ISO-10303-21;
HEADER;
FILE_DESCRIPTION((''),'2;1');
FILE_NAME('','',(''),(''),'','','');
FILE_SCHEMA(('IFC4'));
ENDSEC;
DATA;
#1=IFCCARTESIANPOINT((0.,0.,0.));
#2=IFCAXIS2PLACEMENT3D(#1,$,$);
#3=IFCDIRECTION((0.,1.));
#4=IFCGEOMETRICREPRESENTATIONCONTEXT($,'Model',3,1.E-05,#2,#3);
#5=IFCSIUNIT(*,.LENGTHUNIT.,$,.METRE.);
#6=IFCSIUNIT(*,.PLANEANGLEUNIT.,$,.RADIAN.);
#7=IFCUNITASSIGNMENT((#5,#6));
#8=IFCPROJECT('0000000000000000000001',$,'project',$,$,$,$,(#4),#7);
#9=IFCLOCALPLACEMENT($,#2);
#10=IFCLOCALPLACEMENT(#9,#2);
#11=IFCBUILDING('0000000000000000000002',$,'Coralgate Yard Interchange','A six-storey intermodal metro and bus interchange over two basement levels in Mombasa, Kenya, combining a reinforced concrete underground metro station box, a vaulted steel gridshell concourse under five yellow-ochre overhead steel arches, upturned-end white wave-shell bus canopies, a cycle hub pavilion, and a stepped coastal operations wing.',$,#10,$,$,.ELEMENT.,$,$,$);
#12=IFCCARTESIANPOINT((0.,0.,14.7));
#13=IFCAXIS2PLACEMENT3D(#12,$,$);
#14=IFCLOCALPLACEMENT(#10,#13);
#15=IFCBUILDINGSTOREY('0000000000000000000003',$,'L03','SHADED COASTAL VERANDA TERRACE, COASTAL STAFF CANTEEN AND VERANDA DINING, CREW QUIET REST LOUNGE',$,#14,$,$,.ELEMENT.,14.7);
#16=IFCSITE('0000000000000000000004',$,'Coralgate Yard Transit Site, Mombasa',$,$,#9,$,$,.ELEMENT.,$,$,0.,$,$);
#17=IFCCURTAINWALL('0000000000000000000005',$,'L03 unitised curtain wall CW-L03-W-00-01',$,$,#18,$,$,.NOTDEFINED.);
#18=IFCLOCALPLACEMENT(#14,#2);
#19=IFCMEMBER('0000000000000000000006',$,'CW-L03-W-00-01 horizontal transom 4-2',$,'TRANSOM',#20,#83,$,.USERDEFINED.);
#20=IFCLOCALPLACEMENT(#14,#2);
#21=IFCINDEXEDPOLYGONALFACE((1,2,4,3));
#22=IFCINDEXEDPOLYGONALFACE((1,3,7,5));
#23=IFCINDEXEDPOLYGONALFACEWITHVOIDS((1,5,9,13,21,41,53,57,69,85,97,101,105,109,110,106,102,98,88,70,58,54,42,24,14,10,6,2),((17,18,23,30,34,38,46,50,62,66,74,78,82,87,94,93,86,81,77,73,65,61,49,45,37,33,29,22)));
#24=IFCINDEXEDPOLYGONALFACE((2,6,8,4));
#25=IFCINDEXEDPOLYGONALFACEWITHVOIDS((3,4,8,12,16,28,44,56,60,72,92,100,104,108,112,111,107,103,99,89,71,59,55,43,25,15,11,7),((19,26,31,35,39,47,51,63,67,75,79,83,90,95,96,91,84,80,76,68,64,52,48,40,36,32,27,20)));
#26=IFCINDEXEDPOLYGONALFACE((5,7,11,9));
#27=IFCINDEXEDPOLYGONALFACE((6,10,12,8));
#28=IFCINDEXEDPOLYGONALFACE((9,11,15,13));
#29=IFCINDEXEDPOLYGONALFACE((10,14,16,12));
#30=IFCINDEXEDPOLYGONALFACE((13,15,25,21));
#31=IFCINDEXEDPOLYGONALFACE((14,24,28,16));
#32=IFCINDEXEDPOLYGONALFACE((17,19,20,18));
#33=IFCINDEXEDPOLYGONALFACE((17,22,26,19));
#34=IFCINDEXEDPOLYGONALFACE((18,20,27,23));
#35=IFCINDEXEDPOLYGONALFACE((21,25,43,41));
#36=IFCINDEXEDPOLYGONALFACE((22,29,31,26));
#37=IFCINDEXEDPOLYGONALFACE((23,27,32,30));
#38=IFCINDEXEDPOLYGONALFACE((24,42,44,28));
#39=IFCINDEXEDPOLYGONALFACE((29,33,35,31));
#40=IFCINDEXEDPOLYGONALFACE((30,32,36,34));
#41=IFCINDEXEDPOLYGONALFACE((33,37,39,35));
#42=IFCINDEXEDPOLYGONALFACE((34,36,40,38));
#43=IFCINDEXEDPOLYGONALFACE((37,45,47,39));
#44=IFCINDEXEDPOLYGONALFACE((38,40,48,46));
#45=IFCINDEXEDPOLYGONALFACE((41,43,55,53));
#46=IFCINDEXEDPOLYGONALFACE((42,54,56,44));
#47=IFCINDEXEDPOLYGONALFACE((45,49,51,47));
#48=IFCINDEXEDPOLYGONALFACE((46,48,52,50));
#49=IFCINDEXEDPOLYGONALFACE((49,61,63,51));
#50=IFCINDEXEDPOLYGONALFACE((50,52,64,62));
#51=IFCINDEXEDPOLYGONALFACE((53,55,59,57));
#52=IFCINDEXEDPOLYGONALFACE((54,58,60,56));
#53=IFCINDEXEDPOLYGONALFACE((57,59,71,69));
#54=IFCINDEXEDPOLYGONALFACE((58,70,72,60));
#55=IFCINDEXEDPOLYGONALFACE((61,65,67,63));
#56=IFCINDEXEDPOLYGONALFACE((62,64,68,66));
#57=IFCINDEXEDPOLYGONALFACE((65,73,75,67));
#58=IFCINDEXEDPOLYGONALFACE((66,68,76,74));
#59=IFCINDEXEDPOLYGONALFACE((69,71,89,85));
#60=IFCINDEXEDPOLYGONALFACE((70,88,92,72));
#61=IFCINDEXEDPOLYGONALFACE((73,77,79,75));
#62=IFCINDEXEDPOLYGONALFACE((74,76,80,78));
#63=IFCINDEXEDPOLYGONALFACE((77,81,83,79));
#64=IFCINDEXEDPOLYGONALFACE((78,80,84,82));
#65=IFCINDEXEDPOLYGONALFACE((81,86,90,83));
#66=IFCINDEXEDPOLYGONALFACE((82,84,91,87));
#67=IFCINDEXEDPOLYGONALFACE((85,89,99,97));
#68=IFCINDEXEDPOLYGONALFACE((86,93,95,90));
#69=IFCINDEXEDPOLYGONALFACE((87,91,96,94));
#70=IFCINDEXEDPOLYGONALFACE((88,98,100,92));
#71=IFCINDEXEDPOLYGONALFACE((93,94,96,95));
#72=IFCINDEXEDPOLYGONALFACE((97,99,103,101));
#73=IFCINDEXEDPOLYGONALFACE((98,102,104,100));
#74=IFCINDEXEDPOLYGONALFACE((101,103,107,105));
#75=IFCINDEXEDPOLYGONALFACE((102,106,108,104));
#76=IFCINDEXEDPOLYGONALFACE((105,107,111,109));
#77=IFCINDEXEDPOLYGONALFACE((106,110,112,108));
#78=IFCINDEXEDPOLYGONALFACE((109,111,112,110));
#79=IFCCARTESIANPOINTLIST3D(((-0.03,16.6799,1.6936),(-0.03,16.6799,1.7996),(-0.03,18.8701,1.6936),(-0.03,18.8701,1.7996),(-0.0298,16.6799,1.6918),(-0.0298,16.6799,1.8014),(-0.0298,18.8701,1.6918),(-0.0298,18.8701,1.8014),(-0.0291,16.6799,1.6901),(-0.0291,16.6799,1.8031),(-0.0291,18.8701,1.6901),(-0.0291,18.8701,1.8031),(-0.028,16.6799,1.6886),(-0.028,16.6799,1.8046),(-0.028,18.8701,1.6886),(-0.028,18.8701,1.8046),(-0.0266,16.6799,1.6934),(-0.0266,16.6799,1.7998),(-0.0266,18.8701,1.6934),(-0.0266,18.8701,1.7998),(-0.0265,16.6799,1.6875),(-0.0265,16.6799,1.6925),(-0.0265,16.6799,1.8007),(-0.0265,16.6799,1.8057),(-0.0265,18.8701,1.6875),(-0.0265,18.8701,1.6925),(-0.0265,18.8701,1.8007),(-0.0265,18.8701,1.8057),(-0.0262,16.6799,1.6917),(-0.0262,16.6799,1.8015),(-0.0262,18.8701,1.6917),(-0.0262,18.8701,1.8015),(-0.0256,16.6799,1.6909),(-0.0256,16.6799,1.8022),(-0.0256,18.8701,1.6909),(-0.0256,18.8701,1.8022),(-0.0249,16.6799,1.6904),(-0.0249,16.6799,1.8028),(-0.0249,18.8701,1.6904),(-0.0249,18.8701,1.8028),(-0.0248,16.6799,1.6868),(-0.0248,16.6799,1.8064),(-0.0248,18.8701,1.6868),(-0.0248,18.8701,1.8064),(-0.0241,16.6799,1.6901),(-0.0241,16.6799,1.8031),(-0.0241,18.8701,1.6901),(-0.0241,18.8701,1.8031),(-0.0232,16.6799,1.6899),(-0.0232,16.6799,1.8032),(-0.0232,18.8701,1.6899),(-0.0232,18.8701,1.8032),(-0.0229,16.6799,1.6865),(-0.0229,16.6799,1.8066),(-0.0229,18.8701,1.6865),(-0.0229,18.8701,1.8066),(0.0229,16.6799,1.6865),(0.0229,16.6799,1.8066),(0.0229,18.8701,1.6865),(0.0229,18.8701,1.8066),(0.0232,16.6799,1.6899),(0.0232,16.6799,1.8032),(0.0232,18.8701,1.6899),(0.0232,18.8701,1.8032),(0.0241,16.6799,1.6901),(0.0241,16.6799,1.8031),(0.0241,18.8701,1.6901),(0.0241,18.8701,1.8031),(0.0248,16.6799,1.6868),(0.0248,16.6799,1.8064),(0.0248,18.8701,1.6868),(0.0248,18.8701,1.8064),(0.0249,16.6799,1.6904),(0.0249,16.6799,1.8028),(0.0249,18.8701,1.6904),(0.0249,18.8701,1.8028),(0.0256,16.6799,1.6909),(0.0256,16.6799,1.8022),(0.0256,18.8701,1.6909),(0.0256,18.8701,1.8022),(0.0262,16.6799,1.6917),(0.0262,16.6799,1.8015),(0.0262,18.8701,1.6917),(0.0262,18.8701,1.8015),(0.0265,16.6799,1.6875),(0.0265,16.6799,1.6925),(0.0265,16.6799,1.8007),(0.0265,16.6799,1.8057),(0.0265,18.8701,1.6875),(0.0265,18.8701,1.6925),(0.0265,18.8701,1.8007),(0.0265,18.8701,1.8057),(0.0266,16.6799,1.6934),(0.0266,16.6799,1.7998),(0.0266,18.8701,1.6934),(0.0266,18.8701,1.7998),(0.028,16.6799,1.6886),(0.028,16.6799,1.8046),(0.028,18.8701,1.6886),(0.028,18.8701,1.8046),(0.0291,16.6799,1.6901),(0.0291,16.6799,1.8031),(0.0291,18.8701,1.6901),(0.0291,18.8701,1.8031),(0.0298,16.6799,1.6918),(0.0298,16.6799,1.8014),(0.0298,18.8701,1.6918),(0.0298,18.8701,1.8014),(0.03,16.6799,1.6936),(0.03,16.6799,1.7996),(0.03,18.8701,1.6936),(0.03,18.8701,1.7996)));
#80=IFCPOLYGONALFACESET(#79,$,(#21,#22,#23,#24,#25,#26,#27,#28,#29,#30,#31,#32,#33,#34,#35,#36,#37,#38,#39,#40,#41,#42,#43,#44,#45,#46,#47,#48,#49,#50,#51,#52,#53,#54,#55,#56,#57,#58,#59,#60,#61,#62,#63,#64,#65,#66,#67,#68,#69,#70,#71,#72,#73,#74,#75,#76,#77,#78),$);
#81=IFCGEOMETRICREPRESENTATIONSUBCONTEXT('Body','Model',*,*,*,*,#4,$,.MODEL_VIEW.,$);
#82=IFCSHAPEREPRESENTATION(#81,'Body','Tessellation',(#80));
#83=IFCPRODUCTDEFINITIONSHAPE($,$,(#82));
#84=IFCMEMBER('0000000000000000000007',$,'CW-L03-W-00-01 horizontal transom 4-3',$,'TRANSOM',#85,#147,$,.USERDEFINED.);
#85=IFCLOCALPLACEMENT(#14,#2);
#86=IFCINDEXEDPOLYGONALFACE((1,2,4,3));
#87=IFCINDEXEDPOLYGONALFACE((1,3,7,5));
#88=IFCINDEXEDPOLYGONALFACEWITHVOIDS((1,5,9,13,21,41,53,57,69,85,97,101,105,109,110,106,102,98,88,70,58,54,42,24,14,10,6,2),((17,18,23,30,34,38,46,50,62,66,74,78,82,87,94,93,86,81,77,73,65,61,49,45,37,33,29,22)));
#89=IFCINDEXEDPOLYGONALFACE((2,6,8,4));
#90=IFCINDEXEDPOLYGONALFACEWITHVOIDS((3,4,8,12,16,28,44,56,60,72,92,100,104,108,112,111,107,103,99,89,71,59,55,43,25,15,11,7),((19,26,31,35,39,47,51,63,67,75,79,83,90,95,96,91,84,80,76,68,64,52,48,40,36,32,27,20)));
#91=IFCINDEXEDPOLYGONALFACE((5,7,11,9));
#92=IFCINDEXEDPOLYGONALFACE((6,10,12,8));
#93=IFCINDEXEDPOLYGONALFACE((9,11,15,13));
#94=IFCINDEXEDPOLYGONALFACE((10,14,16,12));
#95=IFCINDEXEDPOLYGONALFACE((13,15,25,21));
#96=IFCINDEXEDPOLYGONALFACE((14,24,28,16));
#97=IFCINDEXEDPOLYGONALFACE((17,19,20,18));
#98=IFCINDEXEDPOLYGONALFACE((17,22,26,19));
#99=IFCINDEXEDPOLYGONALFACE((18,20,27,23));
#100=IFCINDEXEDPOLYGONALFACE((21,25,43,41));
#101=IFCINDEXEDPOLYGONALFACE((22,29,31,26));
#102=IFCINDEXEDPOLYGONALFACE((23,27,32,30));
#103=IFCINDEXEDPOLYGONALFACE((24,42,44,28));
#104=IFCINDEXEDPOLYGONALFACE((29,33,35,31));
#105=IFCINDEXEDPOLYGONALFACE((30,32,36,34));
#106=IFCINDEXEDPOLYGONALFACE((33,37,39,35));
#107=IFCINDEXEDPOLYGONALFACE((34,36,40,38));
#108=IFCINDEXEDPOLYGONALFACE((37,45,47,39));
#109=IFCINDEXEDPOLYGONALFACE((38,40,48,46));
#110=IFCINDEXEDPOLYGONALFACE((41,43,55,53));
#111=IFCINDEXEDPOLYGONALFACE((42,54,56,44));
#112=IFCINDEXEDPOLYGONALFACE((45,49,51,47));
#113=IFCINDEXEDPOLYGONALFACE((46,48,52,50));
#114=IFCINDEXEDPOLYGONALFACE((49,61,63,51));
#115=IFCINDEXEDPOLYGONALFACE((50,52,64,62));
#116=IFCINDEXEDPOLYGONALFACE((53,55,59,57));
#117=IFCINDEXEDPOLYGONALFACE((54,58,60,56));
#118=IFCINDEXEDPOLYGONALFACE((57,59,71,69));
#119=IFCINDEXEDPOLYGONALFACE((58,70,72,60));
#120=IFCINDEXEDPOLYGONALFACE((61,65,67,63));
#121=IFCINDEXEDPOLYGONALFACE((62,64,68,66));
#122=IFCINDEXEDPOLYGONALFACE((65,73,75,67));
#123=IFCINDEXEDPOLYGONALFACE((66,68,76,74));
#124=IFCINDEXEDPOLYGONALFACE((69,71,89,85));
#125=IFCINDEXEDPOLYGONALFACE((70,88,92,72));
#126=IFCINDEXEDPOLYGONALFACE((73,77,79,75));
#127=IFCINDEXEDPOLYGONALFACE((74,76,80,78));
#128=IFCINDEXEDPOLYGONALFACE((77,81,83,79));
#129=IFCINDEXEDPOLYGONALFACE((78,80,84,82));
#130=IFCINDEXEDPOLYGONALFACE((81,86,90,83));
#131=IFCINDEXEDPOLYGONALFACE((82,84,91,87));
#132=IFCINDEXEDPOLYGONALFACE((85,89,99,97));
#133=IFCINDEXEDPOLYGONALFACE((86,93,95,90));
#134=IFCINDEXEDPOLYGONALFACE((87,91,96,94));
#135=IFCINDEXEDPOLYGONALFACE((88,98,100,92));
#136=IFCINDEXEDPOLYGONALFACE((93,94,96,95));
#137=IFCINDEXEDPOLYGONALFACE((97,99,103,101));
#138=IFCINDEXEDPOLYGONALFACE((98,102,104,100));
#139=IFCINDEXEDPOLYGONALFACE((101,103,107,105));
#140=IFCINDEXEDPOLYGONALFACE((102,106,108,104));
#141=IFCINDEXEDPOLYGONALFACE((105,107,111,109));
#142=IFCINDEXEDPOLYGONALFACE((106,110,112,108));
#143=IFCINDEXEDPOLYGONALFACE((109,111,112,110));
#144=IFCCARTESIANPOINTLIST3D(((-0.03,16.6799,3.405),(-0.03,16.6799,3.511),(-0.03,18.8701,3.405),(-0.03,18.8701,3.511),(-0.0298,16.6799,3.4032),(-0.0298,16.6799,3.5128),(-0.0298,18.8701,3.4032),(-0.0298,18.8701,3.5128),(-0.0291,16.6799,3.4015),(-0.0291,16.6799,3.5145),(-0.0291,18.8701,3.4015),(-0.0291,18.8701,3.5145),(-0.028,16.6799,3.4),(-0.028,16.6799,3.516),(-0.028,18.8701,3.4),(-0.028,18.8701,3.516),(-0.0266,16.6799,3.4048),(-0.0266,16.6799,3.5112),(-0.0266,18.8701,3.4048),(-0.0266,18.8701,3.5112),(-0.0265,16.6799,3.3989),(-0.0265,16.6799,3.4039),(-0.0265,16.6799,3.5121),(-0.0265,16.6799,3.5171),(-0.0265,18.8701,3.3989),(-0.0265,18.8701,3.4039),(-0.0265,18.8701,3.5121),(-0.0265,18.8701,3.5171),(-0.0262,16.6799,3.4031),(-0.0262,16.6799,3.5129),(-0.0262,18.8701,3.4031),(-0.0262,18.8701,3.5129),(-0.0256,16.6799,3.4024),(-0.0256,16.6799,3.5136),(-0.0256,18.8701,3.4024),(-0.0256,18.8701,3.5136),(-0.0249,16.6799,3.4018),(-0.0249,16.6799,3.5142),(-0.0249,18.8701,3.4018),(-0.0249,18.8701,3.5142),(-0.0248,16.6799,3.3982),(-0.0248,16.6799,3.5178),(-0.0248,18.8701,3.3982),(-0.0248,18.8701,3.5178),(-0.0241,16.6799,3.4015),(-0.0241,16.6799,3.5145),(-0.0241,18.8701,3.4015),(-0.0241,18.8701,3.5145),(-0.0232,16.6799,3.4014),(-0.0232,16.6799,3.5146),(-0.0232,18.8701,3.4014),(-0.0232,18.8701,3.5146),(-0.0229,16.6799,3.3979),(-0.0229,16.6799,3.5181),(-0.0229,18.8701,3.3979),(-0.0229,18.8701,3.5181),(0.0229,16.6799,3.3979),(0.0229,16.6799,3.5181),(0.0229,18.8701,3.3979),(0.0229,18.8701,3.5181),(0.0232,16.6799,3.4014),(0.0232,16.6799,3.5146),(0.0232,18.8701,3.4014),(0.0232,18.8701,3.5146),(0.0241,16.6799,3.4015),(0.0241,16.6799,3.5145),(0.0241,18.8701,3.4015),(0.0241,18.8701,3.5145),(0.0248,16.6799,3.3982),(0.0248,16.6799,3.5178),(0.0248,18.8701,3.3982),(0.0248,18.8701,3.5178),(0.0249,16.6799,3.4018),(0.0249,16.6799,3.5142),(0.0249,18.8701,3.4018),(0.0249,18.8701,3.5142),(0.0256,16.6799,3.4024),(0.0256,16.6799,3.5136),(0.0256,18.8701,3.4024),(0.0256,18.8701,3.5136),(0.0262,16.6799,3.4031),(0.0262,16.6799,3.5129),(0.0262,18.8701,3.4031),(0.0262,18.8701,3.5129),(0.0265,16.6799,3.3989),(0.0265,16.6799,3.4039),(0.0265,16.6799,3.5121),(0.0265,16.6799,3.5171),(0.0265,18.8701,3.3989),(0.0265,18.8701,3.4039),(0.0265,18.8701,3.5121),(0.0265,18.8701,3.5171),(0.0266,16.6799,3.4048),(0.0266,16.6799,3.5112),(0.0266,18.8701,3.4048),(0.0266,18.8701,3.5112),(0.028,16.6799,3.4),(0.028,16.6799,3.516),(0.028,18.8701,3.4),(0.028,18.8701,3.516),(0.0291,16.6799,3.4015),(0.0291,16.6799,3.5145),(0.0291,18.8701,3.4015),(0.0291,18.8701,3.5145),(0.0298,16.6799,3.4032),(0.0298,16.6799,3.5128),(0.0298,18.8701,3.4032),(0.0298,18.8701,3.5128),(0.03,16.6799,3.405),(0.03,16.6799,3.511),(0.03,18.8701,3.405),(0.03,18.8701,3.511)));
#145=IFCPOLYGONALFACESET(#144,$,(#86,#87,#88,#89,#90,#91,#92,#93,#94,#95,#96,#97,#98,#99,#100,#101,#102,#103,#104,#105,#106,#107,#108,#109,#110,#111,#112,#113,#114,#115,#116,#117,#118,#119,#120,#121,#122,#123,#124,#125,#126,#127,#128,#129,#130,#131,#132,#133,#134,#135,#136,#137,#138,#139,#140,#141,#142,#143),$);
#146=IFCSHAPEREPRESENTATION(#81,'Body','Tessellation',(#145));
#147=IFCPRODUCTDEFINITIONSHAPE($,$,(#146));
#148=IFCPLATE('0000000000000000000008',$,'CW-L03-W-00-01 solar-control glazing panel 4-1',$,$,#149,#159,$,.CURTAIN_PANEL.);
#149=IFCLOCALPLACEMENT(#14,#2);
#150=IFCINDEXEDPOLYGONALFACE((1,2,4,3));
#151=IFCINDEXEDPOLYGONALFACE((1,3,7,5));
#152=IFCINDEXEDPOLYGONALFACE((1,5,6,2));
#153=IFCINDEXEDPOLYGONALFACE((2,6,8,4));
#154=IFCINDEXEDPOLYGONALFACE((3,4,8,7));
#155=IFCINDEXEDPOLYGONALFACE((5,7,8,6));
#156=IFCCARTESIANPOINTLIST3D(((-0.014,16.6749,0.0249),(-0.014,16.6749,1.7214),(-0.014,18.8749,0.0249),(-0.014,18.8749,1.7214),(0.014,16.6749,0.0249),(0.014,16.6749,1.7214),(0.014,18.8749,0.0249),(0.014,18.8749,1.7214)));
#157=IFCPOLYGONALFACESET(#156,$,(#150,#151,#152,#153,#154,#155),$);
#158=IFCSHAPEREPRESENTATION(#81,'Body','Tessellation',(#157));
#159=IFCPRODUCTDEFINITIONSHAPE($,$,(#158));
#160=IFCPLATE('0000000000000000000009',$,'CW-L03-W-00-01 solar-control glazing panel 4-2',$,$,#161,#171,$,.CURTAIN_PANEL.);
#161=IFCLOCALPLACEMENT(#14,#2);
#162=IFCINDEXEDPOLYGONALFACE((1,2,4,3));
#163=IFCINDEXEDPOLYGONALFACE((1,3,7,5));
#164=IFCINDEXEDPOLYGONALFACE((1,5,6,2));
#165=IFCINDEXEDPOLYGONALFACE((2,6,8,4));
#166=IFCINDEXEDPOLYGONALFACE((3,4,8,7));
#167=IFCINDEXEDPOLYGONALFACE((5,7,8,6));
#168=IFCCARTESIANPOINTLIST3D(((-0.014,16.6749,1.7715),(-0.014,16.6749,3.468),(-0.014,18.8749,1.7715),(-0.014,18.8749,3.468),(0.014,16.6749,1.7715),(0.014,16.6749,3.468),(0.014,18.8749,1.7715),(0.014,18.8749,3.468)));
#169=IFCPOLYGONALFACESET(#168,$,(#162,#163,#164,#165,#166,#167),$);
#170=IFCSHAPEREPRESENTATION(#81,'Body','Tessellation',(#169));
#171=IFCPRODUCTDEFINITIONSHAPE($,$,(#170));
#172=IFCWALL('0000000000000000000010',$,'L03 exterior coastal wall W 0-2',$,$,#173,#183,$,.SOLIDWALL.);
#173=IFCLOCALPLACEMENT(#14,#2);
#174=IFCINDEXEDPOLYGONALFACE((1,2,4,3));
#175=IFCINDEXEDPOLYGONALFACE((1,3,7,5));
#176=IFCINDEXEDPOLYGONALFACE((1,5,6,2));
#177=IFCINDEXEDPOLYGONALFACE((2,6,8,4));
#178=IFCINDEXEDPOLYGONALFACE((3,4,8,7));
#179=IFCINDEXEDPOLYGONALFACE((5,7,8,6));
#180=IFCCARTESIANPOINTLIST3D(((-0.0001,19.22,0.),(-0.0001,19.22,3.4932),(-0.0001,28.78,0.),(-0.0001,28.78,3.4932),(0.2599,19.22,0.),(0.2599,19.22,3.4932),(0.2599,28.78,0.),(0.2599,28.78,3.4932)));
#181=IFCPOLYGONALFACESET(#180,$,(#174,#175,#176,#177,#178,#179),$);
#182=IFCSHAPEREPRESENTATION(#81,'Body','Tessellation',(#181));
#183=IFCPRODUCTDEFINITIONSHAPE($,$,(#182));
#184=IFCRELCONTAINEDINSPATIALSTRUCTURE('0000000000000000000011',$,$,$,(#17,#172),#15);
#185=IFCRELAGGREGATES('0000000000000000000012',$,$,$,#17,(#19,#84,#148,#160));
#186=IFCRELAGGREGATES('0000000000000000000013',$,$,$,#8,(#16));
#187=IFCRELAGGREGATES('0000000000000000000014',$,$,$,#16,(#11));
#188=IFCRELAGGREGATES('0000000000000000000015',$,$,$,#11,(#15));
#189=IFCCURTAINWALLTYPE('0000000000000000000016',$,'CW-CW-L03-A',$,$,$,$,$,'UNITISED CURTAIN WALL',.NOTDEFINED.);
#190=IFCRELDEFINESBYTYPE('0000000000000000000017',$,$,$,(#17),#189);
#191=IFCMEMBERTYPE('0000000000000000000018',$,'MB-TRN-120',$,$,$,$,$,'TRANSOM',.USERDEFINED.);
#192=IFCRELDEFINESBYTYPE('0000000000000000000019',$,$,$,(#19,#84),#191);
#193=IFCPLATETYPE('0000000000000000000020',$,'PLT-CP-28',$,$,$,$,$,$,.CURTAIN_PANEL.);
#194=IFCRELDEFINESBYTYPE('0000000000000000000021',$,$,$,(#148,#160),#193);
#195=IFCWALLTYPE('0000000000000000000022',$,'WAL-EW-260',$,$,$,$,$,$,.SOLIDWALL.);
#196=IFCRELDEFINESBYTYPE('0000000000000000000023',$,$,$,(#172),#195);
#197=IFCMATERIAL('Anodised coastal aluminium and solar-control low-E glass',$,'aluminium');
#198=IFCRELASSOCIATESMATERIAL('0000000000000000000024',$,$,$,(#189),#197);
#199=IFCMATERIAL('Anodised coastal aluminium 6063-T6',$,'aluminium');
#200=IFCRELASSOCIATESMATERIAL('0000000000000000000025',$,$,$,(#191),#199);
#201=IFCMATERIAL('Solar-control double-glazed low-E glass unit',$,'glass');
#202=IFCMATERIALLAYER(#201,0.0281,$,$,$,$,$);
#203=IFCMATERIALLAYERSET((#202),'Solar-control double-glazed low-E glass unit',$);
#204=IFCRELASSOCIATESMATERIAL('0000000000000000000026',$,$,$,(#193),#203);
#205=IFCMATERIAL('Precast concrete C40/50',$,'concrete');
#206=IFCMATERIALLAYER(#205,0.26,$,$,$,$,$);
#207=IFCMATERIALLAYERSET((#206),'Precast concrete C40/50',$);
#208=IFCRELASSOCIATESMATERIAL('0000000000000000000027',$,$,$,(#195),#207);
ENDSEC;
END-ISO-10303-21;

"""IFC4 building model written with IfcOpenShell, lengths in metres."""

from ifc_helpers import new_model, si_unit, direction, frame, frame_2d, origin, origin_2d, place, context, subcontext, project, spatial, rectangle, hollow_rectangle, extrude, material, layer, layer_set, material_profile, profile_set, type_object, element, aggregate, save


model = new_model("IFC4")

# Units and contexts
model_context = context("Model", 3, precision=1e-05, world=origin(), true_north=direction((0.0, 1.0)))
body_context = subcontext(model_context, "Body", "Model", "MODEL_VIEW")
ifc_project = project(units=[si_unit("LENGTHUNIT", "METRE"), si_unit("PLANEANGLEUNIT", "RADIAN")], contexts=[model_context])

# Site, building, storey
site_placement = place(None, origin())
site = spatial("IfcSite", under=ifc_project, at=site_placement, Name="Coralgate Yard Transit Site, Mombasa", CompositionType="ELEMENT", RefElevation=0.0)
building_placement = place(site_placement, origin())
building = spatial("IfcBuilding", under=site, at=building_placement, Name="Coralgate Yard Interchange", Description="A six-storey intermodal metro and bus interchange over two basement levels in Mombasa, Kenya, combining a reinforced concrete underground metro station box, a vaulted steel gridshell concourse under five yellow-ochre overhead steel arches, upturned-end white wave-shell bus canopies, a cycle hub pavilion, and a stepped coastal operations wing.", CompositionType="ELEMENT")
storey_placement = place(building_placement, frame((0.0, 0.0, 14.7)))
storey = spatial("IfcBuildingStorey", under=building, at=storey_placement, Name="L03", Description="SHADED COASTAL VERANDA TERRACE, COASTAL STAFF CANTEEN AND VERANDA DINING, CREW QUIET REST LOUNGE", CompositionType="ELEMENT", Elevation=14.7)

# Curtain wall, members, plates
ifc_material_1 = material(Name="Anodised coastal aluminium and solar-control low-E glass", Category="aluminium")
curtain_wall_type = type_object("IfcCurtainWallType", Name="CW-CW-L03-A", ElementType="UNITISED CURTAIN WALL", PredefinedType="NOTDEFINED", material=ifc_material_1)
curtain_wall_placement = place(storey_placement, origin())
curtain_wall = element("IfcCurtainWall", 1, at=curtain_wall_placement, inside=storey, type_object=curtain_wall_type, Name="L03 unitised curtain wall CW-L03-W-00-01", PredefinedType="NOTDEFINED")
ifc_material_2 = material(Name="Anodised coastal aluminium 6063-T6", Category="aluminium")
ifc_material_profile_1 = material_profile(ifc_material_2, hollow_rectangle(XDim=0.0601, YDim=0.1201, WallThickness=0.0034, InnerFilletRadius=0.0034, OuterFilletRadius=0.0071, at=origin_2d()), Name="ALU 60x120x3.5")
ifc_profile_set_1 = profile_set([ifc_material_profile_1], Name="Anodised coastal aluminium 6063-T6")
member_type_1 = type_object("IfcMemberType", Name="MB-TRN-120", ElementType="TRANSOM", PredefinedType="USERDEFINED", material=ifc_profile_set_1)
member_1_placement = place(storey_placement, frame((0.0, 16.6799, 1.7466), z_axis=(0.0, 1.0, 0.0), x_axis=(-1.0, 0.0, 0.0)))
member_1 = element("IfcMember", 2, at=member_1_placement, type_object=member_type_1, Name="CW-L03-W-00-01 horizontal transom 4-2", ObjectType="TRANSOM", PredefinedType="USERDEFINED", context=body_context, shape_type="SweptSolid", body=[
    extrude(hollow_rectangle(XDim=0.0601, YDim=0.1201, WallThickness=0.0034, InnerFilletRadius=0.0034, OuterFilletRadius=0.0071, at=origin_2d()), origin(), (0.0, 0.0, 1.0), 2.1902),
])
member_2_placement = place(storey_placement, frame((0.0, 16.6799, 3.458), z_axis=(0.0, 1.0, 0.0), x_axis=(-1.0, 0.0, 0.0)))
member_2 = element("IfcMember", 3, at=member_2_placement, type_object=member_type_1, Name="CW-L03-W-00-01 horizontal transom 4-3", ObjectType="TRANSOM", PredefinedType="USERDEFINED", context=body_context, shape_type="SweptSolid", body=[
    extrude(hollow_rectangle(XDim=0.0601, YDim=0.1201, WallThickness=0.0034, InnerFilletRadius=0.0034, OuterFilletRadius=0.0071, at=origin_2d()), origin(), (0.0, 0.0, 1.0), 2.1902),
])
ifc_material_3 = material(Name="Solar-control double-glazed low-E glass unit", Category="glass")
ifc_layer_1 = layer(ifc_material_3, 0.0281)
ifc_layer_set_1 = layer_set([ifc_layer_1], Name="Solar-control double-glazed low-E glass unit")
plate_type = type_object("IfcPlateType", Name="PLT-CP-28", PredefinedType="CURTAIN_PANEL", material=ifc_layer_set_1)
plate_1_placement = place(storey_placement, frame((0.0, 17.7749, 0.0249), z_axis=(0.0, 0.0, 1.0), x_axis=(0.0, 1.0, 0.0)))
plate_1 = element("IfcPlate", 4, at=plate_1_placement, type_object=plate_type, Name="CW-L03-W-00-01 solar-control glazing panel 4-1", PredefinedType="CURTAIN_PANEL", context=body_context, shape_type="SweptSolid", body=[
    extrude(rectangle(XDim=2.2, YDim=0.0281, at=origin_2d()), origin(), (0.0, 0.0, 1.0), 1.6965),
])
plate_2_placement = place(storey_placement, frame((0.0, 17.7749, 1.7715), z_axis=(0.0, 0.0, 1.0), x_axis=(0.0, 1.0, 0.0)))
plate_2 = element("IfcPlate", 5, at=plate_2_placement, type_object=plate_type, Name="CW-L03-W-00-01 solar-control glazing panel 4-2", PredefinedType="CURTAIN_PANEL", context=body_context, shape_type="SweptSolid", body=[
    extrude(rectangle(XDim=2.2, YDim=0.0281, at=origin_2d()), origin(), (0.0, 0.0, 1.0), 1.6965),
])
aggregate(curtain_wall, [member_1, member_2, plate_1, plate_2])

# Wall
ifc_material_4 = material(Name="Precast concrete C40/50", Category="concrete")
ifc_layer_2 = layer(ifc_material_4, 0.26)
ifc_layer_set_2 = layer_set([ifc_layer_2], Name="Precast concrete C40/50")
wall_type_1 = type_object("IfcWallType", Name="WAL-EW-260", PredefinedType="SOLIDWALL", material=ifc_layer_set_2)
wall_1_placement = place(storey_placement, frame((0.1299, 19.22, 0.0), z_axis=(0.0, 0.0, 1.0), x_axis=(0.0, 1.0, 0.0)))
element("IfcWall", 6, at=wall_1_placement, inside=storey, type_object=wall_type_1, Name="L03 exterior coastal wall W 0-2", PredefinedType="SOLIDWALL", context=body_context, shape_type="SweptSolid", body=[
    extrude(rectangle(XDim=9.5601, YDim=0.26, at=frame_2d((4.78, 0.0))), origin(), (0.0, 0.0, 1.0), 3.4932),
])

save(model, "model.ifc")
